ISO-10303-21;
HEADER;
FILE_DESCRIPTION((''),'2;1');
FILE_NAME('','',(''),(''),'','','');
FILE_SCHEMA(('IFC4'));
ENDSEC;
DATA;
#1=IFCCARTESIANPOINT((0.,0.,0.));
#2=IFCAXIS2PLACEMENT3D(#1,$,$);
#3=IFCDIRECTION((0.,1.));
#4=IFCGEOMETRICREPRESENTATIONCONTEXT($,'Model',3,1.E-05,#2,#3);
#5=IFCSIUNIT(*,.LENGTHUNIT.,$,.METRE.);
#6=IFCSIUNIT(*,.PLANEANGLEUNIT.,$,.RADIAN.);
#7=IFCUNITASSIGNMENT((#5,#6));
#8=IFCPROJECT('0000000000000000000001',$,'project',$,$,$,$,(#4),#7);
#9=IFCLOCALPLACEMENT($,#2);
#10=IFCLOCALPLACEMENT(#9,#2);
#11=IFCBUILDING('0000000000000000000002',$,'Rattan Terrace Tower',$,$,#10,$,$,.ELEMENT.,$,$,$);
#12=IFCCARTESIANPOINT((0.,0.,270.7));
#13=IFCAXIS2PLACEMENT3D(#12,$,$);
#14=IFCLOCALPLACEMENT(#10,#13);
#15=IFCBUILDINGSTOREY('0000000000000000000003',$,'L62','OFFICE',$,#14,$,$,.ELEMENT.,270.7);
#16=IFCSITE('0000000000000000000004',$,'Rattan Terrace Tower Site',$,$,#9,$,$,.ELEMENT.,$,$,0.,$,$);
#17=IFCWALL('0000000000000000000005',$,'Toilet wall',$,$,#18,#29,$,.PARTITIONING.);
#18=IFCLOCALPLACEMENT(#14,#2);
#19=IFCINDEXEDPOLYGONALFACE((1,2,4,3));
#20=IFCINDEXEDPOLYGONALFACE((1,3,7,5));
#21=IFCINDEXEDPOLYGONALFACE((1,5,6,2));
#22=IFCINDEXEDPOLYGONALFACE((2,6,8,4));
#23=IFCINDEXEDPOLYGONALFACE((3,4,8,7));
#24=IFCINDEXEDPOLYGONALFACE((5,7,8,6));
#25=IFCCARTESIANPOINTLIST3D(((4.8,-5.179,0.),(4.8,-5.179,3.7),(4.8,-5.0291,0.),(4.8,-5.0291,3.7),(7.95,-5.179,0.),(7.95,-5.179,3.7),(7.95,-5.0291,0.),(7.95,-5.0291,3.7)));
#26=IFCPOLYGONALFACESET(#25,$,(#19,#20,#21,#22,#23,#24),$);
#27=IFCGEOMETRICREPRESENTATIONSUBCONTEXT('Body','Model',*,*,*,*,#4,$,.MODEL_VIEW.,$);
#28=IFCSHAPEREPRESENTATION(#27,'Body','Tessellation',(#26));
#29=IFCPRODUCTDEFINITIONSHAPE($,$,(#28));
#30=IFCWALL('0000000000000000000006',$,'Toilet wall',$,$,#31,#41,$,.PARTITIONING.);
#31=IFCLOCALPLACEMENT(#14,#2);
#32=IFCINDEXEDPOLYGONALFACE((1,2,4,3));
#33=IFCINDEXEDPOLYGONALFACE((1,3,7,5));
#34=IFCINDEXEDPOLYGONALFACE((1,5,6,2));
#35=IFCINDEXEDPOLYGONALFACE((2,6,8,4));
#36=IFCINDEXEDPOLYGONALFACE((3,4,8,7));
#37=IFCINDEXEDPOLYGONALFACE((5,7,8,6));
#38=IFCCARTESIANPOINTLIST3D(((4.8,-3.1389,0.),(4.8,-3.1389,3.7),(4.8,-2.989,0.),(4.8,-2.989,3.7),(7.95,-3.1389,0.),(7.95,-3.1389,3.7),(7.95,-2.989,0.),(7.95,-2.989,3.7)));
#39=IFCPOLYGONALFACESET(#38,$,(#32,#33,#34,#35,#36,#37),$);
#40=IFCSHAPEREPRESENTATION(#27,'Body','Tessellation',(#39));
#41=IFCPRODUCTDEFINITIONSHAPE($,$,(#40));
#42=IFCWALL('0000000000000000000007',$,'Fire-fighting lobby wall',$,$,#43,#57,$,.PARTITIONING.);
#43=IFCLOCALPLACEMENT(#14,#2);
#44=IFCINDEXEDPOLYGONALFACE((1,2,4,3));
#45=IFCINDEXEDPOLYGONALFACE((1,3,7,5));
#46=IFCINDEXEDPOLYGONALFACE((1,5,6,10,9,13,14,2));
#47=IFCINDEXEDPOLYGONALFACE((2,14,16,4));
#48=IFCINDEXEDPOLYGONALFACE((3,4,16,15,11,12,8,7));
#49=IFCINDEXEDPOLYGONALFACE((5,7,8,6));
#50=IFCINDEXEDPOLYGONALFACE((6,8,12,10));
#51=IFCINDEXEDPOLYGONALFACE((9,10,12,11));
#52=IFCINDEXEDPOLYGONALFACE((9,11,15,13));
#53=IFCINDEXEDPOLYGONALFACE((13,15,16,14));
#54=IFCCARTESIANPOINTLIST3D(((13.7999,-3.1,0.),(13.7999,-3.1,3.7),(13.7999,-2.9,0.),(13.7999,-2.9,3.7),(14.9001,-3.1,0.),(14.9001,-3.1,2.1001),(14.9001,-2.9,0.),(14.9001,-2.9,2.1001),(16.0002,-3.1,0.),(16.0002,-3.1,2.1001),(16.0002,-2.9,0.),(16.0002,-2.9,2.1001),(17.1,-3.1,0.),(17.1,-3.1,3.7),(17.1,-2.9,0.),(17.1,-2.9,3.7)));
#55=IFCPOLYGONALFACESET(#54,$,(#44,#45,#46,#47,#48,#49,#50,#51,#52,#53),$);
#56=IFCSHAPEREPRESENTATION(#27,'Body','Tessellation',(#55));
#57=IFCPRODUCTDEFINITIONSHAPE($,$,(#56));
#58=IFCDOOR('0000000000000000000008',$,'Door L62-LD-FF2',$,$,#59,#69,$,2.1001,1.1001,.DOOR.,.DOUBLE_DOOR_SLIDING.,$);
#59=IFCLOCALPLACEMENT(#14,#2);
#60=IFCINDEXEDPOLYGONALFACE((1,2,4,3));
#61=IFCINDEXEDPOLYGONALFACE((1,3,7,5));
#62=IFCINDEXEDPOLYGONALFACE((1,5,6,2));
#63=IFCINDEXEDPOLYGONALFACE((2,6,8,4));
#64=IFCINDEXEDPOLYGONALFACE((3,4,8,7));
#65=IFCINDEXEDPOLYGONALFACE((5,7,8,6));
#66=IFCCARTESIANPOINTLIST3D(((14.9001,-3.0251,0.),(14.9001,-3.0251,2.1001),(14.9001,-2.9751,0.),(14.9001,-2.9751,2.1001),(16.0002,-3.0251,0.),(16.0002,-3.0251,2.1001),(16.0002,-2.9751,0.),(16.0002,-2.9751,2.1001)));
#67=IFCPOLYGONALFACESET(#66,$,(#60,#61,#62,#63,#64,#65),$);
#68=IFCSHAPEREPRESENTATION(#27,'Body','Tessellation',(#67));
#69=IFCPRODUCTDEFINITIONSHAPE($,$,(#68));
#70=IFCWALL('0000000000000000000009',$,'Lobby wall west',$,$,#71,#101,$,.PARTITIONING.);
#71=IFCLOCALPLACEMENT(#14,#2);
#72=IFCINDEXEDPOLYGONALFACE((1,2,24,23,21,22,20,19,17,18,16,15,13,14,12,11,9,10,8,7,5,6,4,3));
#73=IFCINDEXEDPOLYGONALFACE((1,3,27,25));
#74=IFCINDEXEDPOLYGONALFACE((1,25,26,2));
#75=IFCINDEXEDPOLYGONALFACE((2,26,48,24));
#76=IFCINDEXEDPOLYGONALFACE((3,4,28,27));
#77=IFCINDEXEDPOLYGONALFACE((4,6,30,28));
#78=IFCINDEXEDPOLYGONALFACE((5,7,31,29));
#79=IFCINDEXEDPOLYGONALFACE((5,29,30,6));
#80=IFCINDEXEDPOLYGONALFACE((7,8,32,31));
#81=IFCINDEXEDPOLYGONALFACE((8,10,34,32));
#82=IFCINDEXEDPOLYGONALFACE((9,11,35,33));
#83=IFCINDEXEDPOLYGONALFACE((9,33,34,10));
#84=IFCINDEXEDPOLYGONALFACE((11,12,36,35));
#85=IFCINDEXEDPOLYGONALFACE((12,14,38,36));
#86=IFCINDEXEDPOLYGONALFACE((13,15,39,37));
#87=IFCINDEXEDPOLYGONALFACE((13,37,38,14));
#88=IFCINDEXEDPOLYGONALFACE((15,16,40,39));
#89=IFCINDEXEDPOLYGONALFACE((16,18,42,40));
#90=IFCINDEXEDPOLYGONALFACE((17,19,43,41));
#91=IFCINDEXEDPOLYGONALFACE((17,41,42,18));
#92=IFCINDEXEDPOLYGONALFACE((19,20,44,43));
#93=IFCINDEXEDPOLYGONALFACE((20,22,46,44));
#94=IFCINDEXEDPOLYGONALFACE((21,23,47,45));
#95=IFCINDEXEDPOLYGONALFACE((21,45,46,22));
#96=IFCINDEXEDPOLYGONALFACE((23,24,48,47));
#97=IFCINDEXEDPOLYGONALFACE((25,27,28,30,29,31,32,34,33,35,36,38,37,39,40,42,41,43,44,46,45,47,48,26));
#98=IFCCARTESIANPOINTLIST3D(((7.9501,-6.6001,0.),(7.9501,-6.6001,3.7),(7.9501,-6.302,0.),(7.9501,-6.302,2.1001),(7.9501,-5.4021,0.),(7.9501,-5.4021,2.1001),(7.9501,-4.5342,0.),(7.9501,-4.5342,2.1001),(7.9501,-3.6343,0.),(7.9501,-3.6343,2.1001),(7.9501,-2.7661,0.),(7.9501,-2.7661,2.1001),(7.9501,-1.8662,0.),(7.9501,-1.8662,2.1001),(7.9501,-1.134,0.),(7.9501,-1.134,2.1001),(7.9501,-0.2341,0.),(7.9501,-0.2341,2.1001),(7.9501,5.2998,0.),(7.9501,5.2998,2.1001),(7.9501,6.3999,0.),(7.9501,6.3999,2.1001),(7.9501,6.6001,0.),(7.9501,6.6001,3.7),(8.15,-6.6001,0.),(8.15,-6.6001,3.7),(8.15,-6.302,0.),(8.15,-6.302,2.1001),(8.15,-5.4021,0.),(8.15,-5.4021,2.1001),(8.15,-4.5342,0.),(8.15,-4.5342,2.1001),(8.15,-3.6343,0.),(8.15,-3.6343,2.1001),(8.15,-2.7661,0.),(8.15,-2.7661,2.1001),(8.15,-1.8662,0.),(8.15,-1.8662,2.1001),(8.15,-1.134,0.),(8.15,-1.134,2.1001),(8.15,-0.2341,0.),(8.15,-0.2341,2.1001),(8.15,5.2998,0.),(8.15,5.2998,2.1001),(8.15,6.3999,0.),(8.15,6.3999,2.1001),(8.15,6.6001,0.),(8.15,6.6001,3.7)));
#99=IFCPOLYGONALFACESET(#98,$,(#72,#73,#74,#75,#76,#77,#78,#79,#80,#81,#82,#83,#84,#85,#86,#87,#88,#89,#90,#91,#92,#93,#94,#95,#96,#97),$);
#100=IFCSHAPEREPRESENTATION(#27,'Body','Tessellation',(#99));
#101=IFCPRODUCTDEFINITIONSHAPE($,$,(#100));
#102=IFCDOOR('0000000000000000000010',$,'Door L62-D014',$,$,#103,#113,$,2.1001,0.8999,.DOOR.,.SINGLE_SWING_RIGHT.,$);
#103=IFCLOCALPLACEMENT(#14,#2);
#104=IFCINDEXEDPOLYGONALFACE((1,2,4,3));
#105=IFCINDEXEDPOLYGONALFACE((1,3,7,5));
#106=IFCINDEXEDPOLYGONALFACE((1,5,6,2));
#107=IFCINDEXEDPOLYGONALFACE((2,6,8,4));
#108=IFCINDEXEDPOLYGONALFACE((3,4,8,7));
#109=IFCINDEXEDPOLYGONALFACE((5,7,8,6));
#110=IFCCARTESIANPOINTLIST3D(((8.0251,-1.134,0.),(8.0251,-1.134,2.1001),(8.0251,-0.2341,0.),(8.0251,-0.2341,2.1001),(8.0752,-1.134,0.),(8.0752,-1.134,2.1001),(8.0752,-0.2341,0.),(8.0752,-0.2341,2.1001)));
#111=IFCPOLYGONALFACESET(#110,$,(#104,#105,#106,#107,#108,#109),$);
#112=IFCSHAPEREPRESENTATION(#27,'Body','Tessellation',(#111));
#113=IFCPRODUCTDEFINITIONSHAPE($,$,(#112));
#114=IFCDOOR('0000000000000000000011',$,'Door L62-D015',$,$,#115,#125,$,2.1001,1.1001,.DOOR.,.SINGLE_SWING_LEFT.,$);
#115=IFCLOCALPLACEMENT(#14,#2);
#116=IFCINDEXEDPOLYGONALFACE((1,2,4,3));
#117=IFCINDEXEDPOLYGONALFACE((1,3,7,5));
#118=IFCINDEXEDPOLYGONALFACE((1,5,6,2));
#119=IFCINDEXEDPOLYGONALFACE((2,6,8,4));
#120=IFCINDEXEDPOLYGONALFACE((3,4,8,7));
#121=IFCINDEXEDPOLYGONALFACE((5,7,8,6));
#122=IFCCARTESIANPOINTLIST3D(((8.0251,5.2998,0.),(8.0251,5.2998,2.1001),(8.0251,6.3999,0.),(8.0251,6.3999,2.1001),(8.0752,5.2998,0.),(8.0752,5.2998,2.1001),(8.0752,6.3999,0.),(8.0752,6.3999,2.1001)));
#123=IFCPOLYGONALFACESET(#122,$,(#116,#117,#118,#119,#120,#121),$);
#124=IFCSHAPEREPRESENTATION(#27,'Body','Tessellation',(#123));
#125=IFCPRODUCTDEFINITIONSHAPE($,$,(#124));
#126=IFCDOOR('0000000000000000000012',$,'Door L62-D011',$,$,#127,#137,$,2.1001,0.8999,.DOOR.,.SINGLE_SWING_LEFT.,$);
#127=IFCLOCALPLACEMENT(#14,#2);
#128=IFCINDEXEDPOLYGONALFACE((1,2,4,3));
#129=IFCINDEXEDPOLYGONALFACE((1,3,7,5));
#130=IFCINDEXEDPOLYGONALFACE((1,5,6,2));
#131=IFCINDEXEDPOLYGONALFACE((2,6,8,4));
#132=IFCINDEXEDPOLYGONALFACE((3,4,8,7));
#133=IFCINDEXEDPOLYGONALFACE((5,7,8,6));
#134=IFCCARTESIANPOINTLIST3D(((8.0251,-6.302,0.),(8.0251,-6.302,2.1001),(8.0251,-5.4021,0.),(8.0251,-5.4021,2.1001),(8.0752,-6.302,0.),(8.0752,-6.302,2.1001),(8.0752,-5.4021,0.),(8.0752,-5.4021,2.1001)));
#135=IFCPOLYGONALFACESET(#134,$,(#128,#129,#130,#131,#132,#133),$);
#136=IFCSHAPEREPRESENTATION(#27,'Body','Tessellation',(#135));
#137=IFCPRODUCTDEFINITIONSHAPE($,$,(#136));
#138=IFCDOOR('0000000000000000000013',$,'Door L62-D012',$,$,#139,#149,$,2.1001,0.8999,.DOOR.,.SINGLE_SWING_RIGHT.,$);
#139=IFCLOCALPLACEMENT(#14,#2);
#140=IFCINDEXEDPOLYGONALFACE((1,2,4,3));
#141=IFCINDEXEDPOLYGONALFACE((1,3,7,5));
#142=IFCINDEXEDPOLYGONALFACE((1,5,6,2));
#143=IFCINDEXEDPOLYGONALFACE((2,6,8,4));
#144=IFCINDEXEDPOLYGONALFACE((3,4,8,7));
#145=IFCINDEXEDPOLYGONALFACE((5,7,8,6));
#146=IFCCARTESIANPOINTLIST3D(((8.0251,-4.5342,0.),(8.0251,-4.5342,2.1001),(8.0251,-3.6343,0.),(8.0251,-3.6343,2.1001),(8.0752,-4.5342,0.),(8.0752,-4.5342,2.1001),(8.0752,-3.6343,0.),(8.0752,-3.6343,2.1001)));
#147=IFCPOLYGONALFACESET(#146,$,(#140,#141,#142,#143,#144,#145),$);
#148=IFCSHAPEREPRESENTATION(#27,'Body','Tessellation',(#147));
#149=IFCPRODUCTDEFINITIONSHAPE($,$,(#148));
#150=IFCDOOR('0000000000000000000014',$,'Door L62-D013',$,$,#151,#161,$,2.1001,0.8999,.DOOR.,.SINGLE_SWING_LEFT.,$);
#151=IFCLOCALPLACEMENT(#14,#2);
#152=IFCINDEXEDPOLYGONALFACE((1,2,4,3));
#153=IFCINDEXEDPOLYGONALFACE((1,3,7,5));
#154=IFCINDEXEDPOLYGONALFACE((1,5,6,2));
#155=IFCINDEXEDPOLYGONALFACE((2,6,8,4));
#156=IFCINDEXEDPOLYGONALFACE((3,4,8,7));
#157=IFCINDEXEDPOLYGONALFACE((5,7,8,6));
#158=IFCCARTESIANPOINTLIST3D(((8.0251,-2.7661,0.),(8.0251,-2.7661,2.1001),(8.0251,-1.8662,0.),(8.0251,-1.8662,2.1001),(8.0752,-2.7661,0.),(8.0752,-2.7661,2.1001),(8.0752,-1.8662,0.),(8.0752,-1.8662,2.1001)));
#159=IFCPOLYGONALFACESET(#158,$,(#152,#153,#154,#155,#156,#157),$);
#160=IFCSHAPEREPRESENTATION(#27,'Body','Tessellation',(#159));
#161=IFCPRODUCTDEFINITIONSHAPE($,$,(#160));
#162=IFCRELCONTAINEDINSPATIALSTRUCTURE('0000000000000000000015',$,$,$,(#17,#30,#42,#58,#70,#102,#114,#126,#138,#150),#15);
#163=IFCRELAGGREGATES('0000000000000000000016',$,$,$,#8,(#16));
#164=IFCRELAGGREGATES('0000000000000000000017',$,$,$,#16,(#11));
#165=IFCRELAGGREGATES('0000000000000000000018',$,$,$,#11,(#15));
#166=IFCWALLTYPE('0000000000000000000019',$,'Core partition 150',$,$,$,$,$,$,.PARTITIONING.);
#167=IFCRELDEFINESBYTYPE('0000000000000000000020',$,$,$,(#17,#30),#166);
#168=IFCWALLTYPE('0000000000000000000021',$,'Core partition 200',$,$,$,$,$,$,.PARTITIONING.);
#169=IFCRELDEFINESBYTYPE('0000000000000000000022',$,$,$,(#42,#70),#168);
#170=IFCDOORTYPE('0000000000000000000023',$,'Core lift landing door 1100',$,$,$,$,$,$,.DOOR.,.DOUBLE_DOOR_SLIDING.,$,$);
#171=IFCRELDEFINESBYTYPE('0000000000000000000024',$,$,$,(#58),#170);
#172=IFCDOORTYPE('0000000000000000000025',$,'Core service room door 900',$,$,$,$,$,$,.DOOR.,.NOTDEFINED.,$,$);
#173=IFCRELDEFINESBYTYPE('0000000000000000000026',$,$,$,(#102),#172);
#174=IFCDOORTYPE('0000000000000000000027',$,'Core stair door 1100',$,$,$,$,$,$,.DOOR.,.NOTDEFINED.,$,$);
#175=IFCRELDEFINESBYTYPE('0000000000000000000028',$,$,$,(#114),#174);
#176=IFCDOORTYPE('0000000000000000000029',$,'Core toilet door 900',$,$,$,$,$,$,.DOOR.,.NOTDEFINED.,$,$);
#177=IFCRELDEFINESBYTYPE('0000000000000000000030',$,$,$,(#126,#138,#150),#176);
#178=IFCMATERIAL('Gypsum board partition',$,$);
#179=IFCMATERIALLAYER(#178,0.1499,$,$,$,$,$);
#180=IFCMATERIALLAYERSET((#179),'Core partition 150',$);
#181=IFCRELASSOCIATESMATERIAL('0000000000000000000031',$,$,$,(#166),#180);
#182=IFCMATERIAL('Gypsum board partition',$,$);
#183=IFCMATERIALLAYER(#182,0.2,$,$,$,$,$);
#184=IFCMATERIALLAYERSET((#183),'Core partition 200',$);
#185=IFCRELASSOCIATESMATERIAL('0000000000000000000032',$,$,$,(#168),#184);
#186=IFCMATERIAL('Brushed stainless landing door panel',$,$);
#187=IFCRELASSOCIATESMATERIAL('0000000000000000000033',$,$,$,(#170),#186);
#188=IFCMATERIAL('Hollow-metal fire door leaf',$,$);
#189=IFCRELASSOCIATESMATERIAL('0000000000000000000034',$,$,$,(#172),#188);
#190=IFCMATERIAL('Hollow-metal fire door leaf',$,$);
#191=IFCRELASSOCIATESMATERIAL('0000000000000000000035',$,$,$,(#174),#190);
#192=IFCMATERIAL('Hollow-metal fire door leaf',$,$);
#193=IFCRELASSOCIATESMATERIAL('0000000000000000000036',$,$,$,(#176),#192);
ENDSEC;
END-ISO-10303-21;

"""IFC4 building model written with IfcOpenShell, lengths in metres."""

from ifc_helpers import new_model, si_unit, direction, frame, frame_2d, origin, place, context, subcontext, project, spatial, rectangle, extrude, material, layer, layer_set, type_object, element, fill, save


model = new_model("IFC4")

# Units and contexts
model_context = context("Model", 3, precision=1e-05, world=origin(), true_north=direction((0.0, 1.0)))
body_context = subcontext(model_context, "Body", "Model", "MODEL_VIEW")
ifc_project = project(units=[si_unit("LENGTHUNIT", "METRE"), si_unit("PLANEANGLEUNIT", "RADIAN")], contexts=[model_context])

# Site, building, storey
site_placement = place(None, origin())
site = spatial("IfcSite", under=ifc_project, at=site_placement, Name="Rattan Terrace Tower Site", CompositionType="ELEMENT", RefElevation=0.0)
building_placement = place(site_placement, origin())
building = spatial("IfcBuilding", under=site, at=building_placement, Name="Rattan Terrace Tower", CompositionType="ELEMENT")
storey_placement = place(building_placement, frame((0.0, 0.0, 270.7)))
storey = spatial("IfcBuildingStorey", under=building, at=storey_placement, Name="L62", Description="OFFICE", CompositionType="ELEMENT", Elevation=270.7)

# Walls
ifc_material_1 = material(Name="Gypsum board partition")
ifc_layer_1 = layer(ifc_material_1, 0.1499)
ifc_layer_set_1 = layer_set([ifc_layer_1], Name="Core partition 150")
wall_type_1 = type_object("IfcWallType", Name="Core partition 150", PredefinedType="PARTITIONING", material=ifc_layer_set_1)
for number, where, z_axis, x_axis, name in (
    (1, (4.8, -5.104, 0.0), (0.0, 0.0, 1.0), (1.0, 0.0, 0.0), "Toilet wall"),
    (2, (4.8, -3.064, 0.0), (0.0, 0.0, 1.0), (1.0, 0.0, 0.0), "Toilet wall"),
):
    element("IfcWall", number, at=place(storey_placement, frame(where, z_axis=z_axis, x_axis=x_axis)), inside=storey, type_object=wall_type_1, Name=name, PredefinedType="PARTITIONING", context=body_context, shape_type="SweptSolid", body=[
        extrude(rectangle(XDim=3.1499, YDim=0.1499, at=frame_2d((1.575, 0.0))), origin(), (0.0, 0.0, 1.0), 3.7),
    ])

# Wall, opening, door
ifc_material_2 = material(Name="Gypsum board partition")
ifc_layer_2 = layer(ifc_material_2, 0.2)
ifc_layer_set_2 = layer_set([ifc_layer_2], Name="Core partition 200")
wall_type_2 = type_object("IfcWallType", Name="Core partition 200", PredefinedType="PARTITIONING", material=ifc_layer_set_2)
wall_1_placement = place(storey_placement, frame((13.8, -3.0, 0.0), z_axis=(0.0, 0.0, 1.0), x_axis=(1.0, 0.0, 0.0)))
wall_1 = element("IfcWall", 3, at=wall_1_placement, inside=storey, type_object=wall_type_2, Name="Fire-fighting lobby wall", PredefinedType="PARTITIONING", context=body_context, shape_type="SweptSolid", body=[
    extrude(rectangle(XDim=3.3, YDim=0.2, at=frame_2d((1.6499, 0.0))), origin(), (0.0, 0.0, 1.0), 3.7),
])
opening_1_placement = place(wall_1_placement, frame((1.1001, 0.0, 0.0)))
opening_1 = element("IfcOpeningElement", 4, at=opening_1_placement, cuts=wall_1, PredefinedType="OPENING", context=body_context, shape_type="SweptSolid", body=[
    extrude(rectangle(XDim=1.1001, YDim=2.1001, at=frame_2d((0.55, 1.05))), frame((0.0, 0.1106, 0.0), z_axis=(0.0, -1.0, 0.0), x_axis=(1.0, 0.0, 0.0)), (0.0, 0.0, 1.0), 0.2209),
])
ifc_material_3 = material(Name="Brushed stainless landing door panel")
door_type_1 = type_object("IfcDoorType", Name="Core lift landing door 1100", OperationType="DOUBLE_DOOR_SLIDING", PredefinedType="DOOR", material=ifc_material_3)
door_1_placement = place(opening_1_placement, origin())
door_1 = element("IfcDoor", 5, at=door_1_placement, inside=storey, type_object=door_type_1, Name="Door L62-LD-FF2", OperationType="DOUBLE_DOOR_SLIDING", OverallHeight=2.1001, OverallWidth=1.1001, PredefinedType="DOOR", context=body_context, shape_type="SweptSolid", body=[
    extrude(rectangle(XDim=1.1001, YDim=2.1001, at=frame_2d((0.55, 1.05))), frame((0.0, 0.0249, 0.0), z_axis=(0.0, -1.0, 0.0), x_axis=(1.0, 0.0, 0.0)), (0.0, 0.0, 1.0), 0.05),
])
fill(opening_1, door_1)

# Wall, openings, doors
wall_2_placement = place(storey_placement, frame((8.05, -6.6001, 0.0), z_axis=(0.0, 0.0, 1.0), x_axis=(0.0, 1.0, 0.0)))
wall_2 = element("IfcWall", 6, at=wall_2_placement, inside=storey, type_object=wall_type_2, Name="Lobby wall west", PredefinedType="PARTITIONING", context=body_context, shape_type="SweptSolid", body=[
    extrude(rectangle(XDim=13.2002, YDim=0.2, at=frame_2d((6.6001, 0.0))), origin(), (0.0, 0.0, 1.0), 3.7),
])
opening_2_placement = place(wall_2_placement, frame((0.2981, 0.0, 0.0)))
opening_2 = element("IfcOpeningElement", 7, at=opening_2_placement, cuts=wall_2, PredefinedType="OPENING", context=body_context, shape_type="SweptSolid", body=[
    extrude(rectangle(XDim=0.8999, YDim=2.1001, at=frame_2d((0.45, 1.05))), frame((0.0, 0.1106, 0.0), z_axis=(0.0, -1.0, 0.0), x_axis=(1.0, 0.0, 0.0)), (0.0, 0.0, 1.0), 0.2209),
])
opening_3_placement = place(wall_2_placement, frame((2.0659, 0.0, 0.0)))
opening_3 = element("IfcOpeningElement", 8, at=opening_3_placement, cuts=wall_2, PredefinedType="OPENING", context=body_context, shape_type="SweptSolid", body=[
    extrude(rectangle(XDim=0.8999, YDim=2.1001, at=frame_2d((0.45, 1.05))), frame((0.0, 0.1106, 0.0), z_axis=(0.0, -1.0, 0.0), x_axis=(1.0, 0.0, 0.0)), (0.0, 0.0, 1.0), 0.2209),
])
opening_4_placement = place(wall_2_placement, frame((3.834, 0.0, 0.0)))
opening_4 = element("IfcOpeningElement", 9, at=opening_4_placement, cuts=wall_2, PredefinedType="OPENING", context=body_context, shape_type="SweptSolid", body=[
    extrude(rectangle(XDim=0.8999, YDim=2.1001, at=frame_2d((0.45, 1.05))), frame((0.0, 0.1106, 0.0), z_axis=(0.0, -1.0, 0.0), x_axis=(1.0, 0.0, 0.0)), (0.0, 0.0, 1.0), 0.2209),
])
opening_5_placement = place(wall_2_placement, frame((5.4661, 0.0, 0.0)))
opening_5 = element("IfcOpeningElement", 10, at=opening_5_placement, cuts=wall_2, PredefinedType="OPENING", context=body_context, shape_type="SweptSolid", body=[
    extrude(rectangle(XDim=0.8999, YDim=2.1001, at=frame_2d((0.45, 1.05))), frame((0.0, 0.1106, 0.0), z_axis=(0.0, -1.0, 0.0), x_axis=(1.0, 0.0, 0.0)), (0.0, 0.0, 1.0), 0.2209),
])
opening_6_placement = place(wall_2_placement, frame((11.8999, 0.0, 0.0)))
opening_6 = element("IfcOpeningElement", 11, at=opening_6_placement, cuts=wall_2, PredefinedType="OPENING", context=body_context, shape_type="SweptSolid", body=[
    extrude(rectangle(XDim=1.1001, YDim=2.1001, at=frame_2d((0.55, 1.05))), frame((0.0, 0.1106, 0.0), z_axis=(0.0, -1.0, 0.0), x_axis=(1.0, 0.0, 0.0)), (0.0, 0.0, 1.0), 0.2209),
])
ifc_material_4 = material(Name="Hollow-metal fire door leaf")
door_type_2 = type_object("IfcDoorType", Name="Core service room door 900", OperationType="NOTDEFINED", PredefinedType="DOOR", material=ifc_material_4)
door_2_placement = place(opening_5_placement, origin())
door_2 = element("IfcDoor", 12, at=door_2_placement, inside=storey, type_object=door_type_2, Name="Door L62-D014", OperationType="SINGLE_SWING_RIGHT", OverallHeight=2.1001, OverallWidth=0.8999, PredefinedType="DOOR", context=body_context, shape_type="SweptSolid", body=[
    extrude(rectangle(XDim=0.8999, YDim=2.1001, at=frame_2d((0.45, 1.05))), frame((0.0, 0.0249, 0.0), z_axis=(0.0, -1.0, 0.0), x_axis=(1.0, 0.0, 0.0)), (0.0, 0.0, 1.0), 0.05),
])
fill(opening_5, door_2)
ifc_material_5 = material(Name="Hollow-metal fire door leaf")
door_type_3 = type_object("IfcDoorType", Name="Core stair door 1100", OperationType="NOTDEFINED", PredefinedType="DOOR", material=ifc_material_5)
door_3_placement = place(opening_6_placement, origin())
door_3 = element("IfcDoor", 13, at=door_3_placement, inside=storey, type_object=door_type_3, Name="Door L62-D015", OperationType="SINGLE_SWING_LEFT", OverallHeight=2.1001, OverallWidth=1.1001, PredefinedType="DOOR", context=body_context, shape_type="SweptSolid", body=[
    extrude(rectangle(XDim=1.1001, YDim=2.1001, at=frame_2d((0.55, 1.05))), frame((0.0, 0.0249, 0.0), z_axis=(0.0, -1.0, 0.0), x_axis=(1.0, 0.0, 0.0)), (0.0, 0.0, 1.0), 0.05),
])
fill(opening_6, door_3)
ifc_material_6 = material(Name="Hollow-metal fire door leaf")
door_type_4 = type_object("IfcDoorType", Name="Core toilet door 900", OperationType="NOTDEFINED", PredefinedType="DOOR", material=ifc_material_6)
door_4_placement = place(opening_2_placement, origin())
door_4 = element("IfcDoor", 14, at=door_4_placement, inside=storey, type_object=door_type_4, Name="Door L62-D011", OperationType="SINGLE_SWING_LEFT", OverallHeight=2.1001, OverallWidth=0.8999, PredefinedType="DOOR", context=body_context, shape_type="SweptSolid", body=[
    extrude(rectangle(XDim=0.8999, YDim=2.1001, at=frame_2d((0.45, 1.05))), frame((0.0, 0.0249, 0.0), z_axis=(0.0, -1.0, 0.0), x_axis=(1.0, 0.0, 0.0)), (0.0, 0.0, 1.0), 0.05),
])
fill(opening_2, door_4)
door_5_placement = place(opening_3_placement, origin())
door_5 = element("IfcDoor", 15, at=door_5_placement, inside=storey, type_object=door_type_4, Name="Door L62-D012", OperationType="SINGLE_SWING_RIGHT", OverallHeight=2.1001, OverallWidth=0.8999, PredefinedType="DOOR", context=body_context, shape_type="SweptSolid", body=[
    extrude(rectangle(XDim=0.8999, YDim=2.1001, at=frame_2d((0.45, 1.05))), frame((0.0, 0.0249, 0.0), z_axis=(0.0, -1.0, 0.0), x_axis=(1.0, 0.0, 0.0)), (0.0, 0.0, 1.0), 0.05),
])
fill(opening_3, door_5)
door_6_placement = place(opening_4_placement, origin())
door_6 = element("IfcDoor", 16, at=door_6_placement, inside=storey, type_object=door_type_4, Name="Door L62-D013", OperationType="SINGLE_SWING_LEFT", OverallHeight=2.1001, OverallWidth=0.8999, PredefinedType="DOOR", context=body_context, shape_type="SweptSolid", body=[
    extrude(rectangle(XDim=0.8999, YDim=2.1001, at=frame_2d((0.45, 1.05))), frame((0.0, 0.0249, 0.0), z_axis=(0.0, -1.0, 0.0), x_axis=(1.0, 0.0, 0.0)), (0.0, 0.0, 1.0), 0.05),
])
fill(opening_4, door_6)

save(model, "model.ifc")
